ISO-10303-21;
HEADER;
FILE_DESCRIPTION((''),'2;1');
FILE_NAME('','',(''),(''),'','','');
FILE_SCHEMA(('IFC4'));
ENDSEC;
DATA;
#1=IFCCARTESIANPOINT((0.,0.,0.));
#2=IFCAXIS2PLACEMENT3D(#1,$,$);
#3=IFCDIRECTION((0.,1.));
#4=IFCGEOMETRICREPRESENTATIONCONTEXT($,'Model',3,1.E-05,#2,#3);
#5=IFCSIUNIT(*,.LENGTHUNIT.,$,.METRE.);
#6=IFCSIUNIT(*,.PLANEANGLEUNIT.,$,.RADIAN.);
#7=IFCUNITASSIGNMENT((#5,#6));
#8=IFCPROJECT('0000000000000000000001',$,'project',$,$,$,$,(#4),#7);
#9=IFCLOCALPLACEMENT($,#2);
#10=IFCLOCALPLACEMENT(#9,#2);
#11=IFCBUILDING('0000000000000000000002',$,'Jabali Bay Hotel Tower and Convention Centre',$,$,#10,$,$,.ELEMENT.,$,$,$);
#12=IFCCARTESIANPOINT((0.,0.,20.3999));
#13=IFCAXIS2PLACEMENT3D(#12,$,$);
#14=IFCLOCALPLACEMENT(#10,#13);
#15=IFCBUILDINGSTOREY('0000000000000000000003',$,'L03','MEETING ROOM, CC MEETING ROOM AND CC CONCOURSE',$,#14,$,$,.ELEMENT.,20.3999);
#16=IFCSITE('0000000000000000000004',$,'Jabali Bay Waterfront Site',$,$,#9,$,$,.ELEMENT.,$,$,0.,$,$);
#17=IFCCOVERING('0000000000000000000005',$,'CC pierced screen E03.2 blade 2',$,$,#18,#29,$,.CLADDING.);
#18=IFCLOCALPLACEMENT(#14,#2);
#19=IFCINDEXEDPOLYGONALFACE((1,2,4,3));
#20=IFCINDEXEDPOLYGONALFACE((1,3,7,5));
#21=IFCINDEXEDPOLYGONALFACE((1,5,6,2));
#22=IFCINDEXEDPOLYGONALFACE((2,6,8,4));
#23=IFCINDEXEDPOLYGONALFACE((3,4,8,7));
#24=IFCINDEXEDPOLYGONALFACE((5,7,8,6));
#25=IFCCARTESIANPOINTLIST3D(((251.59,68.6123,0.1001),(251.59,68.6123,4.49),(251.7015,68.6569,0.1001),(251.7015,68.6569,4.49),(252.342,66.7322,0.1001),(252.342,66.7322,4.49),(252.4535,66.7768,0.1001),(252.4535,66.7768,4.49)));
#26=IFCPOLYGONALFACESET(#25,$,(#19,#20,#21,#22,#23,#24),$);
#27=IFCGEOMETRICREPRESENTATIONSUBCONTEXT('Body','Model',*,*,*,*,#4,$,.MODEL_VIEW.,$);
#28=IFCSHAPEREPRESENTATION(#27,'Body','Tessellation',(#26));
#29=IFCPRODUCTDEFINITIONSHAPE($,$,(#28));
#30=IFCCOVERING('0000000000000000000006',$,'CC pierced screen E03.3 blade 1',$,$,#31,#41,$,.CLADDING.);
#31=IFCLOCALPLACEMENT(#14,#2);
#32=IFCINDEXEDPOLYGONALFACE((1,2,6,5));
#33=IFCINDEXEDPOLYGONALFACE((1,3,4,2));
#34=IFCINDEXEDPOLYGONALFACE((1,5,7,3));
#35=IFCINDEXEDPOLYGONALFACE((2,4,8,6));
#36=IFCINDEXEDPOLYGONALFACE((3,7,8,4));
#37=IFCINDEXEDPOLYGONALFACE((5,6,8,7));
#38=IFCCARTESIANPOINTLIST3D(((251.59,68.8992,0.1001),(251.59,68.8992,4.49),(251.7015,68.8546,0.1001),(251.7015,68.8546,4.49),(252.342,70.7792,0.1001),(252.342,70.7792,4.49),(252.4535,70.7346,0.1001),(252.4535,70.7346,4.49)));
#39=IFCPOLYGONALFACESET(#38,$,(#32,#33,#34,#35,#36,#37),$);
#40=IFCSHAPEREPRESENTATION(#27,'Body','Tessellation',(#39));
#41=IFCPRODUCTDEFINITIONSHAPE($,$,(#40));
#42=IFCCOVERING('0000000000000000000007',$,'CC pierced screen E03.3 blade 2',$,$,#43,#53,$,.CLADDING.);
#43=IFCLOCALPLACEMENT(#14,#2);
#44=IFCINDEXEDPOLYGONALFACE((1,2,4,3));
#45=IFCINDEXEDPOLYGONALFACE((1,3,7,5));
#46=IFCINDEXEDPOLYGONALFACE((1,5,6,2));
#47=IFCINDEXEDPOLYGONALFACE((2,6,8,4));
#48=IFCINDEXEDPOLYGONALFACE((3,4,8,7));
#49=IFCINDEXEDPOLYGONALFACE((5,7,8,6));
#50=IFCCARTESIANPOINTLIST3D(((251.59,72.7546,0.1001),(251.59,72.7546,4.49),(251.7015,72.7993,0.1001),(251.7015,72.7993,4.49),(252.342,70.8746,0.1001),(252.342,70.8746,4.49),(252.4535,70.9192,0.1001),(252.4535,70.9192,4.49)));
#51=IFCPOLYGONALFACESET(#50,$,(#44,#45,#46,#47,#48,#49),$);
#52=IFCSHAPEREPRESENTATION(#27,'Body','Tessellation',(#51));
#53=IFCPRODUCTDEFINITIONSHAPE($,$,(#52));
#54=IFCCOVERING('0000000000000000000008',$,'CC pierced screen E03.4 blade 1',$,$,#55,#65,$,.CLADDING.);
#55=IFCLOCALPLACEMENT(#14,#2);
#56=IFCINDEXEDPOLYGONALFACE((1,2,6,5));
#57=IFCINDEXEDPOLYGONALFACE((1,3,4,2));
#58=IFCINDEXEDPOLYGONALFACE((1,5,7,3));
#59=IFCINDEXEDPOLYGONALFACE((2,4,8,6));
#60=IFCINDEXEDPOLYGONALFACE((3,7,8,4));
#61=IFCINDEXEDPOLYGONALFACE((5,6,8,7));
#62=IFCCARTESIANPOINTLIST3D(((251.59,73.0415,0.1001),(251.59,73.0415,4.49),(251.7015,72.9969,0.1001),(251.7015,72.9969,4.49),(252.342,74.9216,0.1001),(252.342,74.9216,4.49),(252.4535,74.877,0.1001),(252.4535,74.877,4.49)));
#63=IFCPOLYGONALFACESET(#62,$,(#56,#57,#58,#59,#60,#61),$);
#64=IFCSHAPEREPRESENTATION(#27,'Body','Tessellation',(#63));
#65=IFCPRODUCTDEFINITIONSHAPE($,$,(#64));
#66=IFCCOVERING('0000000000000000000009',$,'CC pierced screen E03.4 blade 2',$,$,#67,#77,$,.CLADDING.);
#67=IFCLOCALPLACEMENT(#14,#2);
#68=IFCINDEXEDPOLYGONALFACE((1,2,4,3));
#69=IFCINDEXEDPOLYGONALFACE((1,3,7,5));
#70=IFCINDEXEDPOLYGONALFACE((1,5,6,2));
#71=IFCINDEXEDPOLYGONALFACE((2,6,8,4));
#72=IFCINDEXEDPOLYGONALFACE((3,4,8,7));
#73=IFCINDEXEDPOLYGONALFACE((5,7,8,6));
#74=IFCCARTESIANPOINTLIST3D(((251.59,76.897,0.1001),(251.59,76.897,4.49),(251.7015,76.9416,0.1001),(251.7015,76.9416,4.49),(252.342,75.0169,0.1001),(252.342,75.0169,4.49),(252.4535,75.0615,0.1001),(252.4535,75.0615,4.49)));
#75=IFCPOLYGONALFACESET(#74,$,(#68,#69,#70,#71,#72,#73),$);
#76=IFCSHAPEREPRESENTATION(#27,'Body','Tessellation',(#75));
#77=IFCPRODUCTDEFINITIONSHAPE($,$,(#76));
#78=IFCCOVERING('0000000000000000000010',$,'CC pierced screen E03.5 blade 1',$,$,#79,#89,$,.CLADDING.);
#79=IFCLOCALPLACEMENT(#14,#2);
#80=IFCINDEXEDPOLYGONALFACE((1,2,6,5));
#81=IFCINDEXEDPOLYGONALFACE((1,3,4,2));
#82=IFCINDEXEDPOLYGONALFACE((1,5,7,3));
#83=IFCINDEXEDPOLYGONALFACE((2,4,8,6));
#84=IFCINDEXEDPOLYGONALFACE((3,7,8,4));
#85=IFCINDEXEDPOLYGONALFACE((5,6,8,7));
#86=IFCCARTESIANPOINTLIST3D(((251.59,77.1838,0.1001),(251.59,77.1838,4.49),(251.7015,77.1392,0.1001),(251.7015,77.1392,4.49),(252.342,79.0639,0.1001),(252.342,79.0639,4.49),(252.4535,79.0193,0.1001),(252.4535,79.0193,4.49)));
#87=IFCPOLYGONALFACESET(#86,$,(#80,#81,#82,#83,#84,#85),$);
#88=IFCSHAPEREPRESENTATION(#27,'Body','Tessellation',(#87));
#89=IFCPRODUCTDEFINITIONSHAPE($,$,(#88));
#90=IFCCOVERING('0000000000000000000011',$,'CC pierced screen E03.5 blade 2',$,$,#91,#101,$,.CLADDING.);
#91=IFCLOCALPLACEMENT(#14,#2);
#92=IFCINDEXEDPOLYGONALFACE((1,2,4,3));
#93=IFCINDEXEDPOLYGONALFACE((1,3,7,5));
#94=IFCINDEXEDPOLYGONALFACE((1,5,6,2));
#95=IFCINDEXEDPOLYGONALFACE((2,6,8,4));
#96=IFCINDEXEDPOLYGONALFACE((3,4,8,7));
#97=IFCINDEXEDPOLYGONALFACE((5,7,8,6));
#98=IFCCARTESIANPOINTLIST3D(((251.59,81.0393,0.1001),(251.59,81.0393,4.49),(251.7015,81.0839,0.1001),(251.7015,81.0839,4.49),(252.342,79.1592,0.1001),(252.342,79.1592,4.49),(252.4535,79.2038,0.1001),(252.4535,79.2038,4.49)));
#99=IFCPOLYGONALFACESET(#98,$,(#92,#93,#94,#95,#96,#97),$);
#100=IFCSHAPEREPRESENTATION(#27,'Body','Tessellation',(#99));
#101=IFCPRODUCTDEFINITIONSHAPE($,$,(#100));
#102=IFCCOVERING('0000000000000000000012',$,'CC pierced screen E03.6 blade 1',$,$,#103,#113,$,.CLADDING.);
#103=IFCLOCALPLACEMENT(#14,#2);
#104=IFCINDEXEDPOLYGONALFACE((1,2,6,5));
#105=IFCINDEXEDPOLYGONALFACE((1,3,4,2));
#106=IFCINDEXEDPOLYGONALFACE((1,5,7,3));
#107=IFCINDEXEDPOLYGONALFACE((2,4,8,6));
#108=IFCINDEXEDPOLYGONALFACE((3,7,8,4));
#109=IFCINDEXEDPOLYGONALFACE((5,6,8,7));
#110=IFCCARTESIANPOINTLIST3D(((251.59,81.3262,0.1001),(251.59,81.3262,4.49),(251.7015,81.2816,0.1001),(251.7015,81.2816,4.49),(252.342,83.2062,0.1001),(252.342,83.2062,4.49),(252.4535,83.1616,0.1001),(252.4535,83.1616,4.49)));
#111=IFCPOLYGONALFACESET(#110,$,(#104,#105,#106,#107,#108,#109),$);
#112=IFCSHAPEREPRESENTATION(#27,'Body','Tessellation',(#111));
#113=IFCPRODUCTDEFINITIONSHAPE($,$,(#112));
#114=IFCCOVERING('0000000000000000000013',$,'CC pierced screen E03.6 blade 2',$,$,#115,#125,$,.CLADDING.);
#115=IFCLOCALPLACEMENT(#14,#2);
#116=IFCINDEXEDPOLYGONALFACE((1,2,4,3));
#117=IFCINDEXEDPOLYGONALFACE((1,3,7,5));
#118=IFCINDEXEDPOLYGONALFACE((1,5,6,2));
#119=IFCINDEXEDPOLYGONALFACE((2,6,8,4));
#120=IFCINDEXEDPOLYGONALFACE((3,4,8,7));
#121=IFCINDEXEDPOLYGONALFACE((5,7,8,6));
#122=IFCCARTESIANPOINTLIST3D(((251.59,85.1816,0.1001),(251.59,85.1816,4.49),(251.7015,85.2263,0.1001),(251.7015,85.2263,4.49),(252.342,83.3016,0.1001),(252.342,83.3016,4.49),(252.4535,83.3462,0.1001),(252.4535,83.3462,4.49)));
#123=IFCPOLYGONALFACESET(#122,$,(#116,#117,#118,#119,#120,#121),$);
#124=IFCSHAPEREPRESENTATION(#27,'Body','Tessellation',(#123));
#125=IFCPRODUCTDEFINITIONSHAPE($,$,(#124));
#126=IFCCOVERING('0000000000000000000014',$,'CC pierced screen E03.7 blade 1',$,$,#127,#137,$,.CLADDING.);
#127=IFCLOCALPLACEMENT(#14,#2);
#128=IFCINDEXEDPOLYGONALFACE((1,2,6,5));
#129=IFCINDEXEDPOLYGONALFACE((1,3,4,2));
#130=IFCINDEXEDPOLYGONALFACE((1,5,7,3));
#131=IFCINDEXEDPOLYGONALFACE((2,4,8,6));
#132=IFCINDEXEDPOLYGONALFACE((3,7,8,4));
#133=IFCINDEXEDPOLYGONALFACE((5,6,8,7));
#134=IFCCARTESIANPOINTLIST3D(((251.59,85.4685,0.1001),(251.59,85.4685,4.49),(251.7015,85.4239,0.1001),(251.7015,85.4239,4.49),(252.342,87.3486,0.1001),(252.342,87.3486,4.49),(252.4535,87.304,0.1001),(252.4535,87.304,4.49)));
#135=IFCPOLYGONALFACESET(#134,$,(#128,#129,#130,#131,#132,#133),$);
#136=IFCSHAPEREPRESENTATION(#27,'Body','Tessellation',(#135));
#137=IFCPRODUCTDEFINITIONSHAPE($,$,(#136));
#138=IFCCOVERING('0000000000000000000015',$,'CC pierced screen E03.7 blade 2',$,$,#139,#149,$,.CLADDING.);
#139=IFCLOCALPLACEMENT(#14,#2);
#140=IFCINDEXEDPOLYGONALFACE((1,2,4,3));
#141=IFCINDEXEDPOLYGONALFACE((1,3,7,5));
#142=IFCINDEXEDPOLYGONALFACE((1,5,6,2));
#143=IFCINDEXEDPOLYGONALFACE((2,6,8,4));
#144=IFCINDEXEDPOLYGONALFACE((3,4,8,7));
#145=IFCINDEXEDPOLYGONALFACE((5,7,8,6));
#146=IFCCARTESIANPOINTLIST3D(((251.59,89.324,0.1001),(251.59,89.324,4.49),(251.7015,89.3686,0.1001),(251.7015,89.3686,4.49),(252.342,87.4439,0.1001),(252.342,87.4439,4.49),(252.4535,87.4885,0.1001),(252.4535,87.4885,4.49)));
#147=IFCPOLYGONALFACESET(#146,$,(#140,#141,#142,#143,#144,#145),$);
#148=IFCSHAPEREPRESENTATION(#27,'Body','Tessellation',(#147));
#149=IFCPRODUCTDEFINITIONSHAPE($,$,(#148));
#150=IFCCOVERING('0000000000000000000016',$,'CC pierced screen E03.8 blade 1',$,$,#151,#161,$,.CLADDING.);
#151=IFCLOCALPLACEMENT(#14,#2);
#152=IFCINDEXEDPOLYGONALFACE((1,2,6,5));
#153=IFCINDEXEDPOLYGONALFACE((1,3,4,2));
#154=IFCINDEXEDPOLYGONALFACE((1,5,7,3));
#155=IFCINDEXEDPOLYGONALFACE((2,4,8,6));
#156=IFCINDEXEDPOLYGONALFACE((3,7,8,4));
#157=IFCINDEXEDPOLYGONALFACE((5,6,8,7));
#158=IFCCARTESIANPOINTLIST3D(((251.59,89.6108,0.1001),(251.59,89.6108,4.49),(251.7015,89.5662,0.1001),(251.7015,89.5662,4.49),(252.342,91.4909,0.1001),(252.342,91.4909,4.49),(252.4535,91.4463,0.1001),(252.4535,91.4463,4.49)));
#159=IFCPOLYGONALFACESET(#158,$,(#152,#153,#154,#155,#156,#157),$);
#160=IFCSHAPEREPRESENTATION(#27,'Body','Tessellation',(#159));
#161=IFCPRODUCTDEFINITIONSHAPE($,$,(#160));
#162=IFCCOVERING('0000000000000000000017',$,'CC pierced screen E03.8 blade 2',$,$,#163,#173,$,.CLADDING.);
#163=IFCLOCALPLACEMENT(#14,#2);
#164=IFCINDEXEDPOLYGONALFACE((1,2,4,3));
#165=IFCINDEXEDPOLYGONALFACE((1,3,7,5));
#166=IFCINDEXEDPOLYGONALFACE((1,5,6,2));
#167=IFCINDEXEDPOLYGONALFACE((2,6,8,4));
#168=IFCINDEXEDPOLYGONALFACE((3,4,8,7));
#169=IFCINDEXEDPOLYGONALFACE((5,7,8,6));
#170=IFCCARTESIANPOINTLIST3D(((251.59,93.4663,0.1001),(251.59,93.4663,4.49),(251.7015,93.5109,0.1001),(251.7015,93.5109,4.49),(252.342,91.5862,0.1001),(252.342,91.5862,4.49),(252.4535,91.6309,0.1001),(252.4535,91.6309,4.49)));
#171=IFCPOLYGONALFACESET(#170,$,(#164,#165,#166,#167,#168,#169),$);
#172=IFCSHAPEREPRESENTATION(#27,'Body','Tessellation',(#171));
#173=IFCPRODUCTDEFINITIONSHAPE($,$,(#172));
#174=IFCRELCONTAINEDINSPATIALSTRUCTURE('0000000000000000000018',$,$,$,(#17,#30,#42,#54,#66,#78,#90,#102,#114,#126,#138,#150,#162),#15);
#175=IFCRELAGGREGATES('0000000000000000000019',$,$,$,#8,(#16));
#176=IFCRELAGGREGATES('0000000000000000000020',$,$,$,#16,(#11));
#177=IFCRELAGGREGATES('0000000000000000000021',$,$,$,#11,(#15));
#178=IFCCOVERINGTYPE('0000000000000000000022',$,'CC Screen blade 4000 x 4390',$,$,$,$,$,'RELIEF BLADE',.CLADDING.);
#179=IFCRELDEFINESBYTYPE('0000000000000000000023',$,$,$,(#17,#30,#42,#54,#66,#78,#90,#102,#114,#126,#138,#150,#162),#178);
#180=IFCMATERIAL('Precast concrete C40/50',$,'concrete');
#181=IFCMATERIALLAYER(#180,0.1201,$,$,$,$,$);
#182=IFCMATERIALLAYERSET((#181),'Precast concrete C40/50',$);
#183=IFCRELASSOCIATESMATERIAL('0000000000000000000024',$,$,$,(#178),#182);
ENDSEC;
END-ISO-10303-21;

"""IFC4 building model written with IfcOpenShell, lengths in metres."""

from ifc_helpers import new_model, si_unit, direction, frame, origin, origin_2d, place, context, subcontext, project, spatial, rectangle, extrude, material, layer, layer_set, type_object, element, save


model = new_model("IFC4")

# Units and contexts
model_context = context("Model", 3, precision=1e-05, world=origin(), true_north=direction((0.0, 1.0)))
body_context = subcontext(model_context, "Body", "Model", "MODEL_VIEW")
ifc_project = project(units=[si_unit("LENGTHUNIT", "METRE"), si_unit("PLANEANGLEUNIT", "RADIAN")], contexts=[model_context])

# Site, building, storey
site_placement = place(None, origin())
site = spatial("IfcSite", under=ifc_project, at=site_placement, Name="Jabali Bay Waterfront Site", CompositionType="ELEMENT", RefElevation=0.0)
building_placement = place(site_placement, origin())
building = spatial("IfcBuilding", under=site, at=building_placement, Name="Jabali Bay Hotel Tower and Convention Centre", CompositionType="ELEMENT")
storey_placement = place(building_placement, frame((0.0, 0.0, 20.3999)))
storey = spatial("IfcBuildingStorey", under=building, at=storey_placement, Name="L03", Description="MEETING ROOM, CC MEETING ROOM AND CC CONCOURSE", CompositionType="ELEMENT", Elevation=20.3999)

# Shared definitions
ifc_material_1 = material(Name="Precast concrete C40/50", Category="concrete")

# Coverings
ifc_layer_1 = layer(ifc_material_1, 0.1201)
ifc_layer_set_1 = layer_set([ifc_layer_1], Name="Precast concrete C40/50")
covering_type = type_object("IfcCoveringType", Name="CC Screen blade 4000 x 4390", ElementType="RELIEF BLADE", PredefinedType="CLADDING", material=ifc_layer_set_1)
for number, where, z_axis, x_axis, name in (
    (1, (252.0217, 67.6946, 0.1001), (0.0, 0.0, 1.0), (0.371391, -0.928477, 0.0), "CC pierced screen E03.2 blade 2"),
    (2, (252.0217, 69.8169, 0.1001), (0.0, 0.0, 1.0), (0.371391, 0.928477, 0.0), "CC pierced screen E03.3 blade 1"),
    (3, (252.0217, 71.8369, 0.1001), (0.0, 0.0, 1.0), (0.371391, -0.928477, 0.0), "CC pierced screen E03.3 blade 2"),
    (4, (252.0217, 73.9592, 0.1001), (0.0, 0.0, 1.0), (0.371391, 0.928477, 0.0), "CC pierced screen E03.4 blade 1"),
    (5, (252.0217, 75.9792, 0.1001), (0.0, 0.0, 1.0), (0.371391, -0.928477, 0.0), "CC pierced screen E03.4 blade 2"),
    (6, (252.0217, 78.1016, 0.1001), (0.0, 0.0, 1.0), (0.371391, 0.928477, 0.0), "CC pierced screen E03.5 blade 1"),
    (7, (252.0217, 80.1216, 0.1001), (0.0, 0.0, 1.0), (0.371391, -0.928477, 0.0), "CC pierced screen E03.5 blade 2"),
    (8, (252.0217, 82.2439, 0.1001), (0.0, 0.0, 1.0), (0.371391, 0.928477, 0.0), "CC pierced screen E03.6 blade 1"),
    (9, (252.0217, 84.2639, 0.1001), (0.0, 0.0, 1.0), (0.371391, -0.928477, 0.0), "CC pierced screen E03.6 blade 2"),
    (10, (252.0217, 86.3862, 0.1001), (0.0, 0.0, 1.0), (0.371391, 0.928477, 0.0), "CC pierced screen E03.7 blade 1"),
    (11, (252.0217, 88.4062, 0.1001), (0.0, 0.0, 1.0), (0.371391, -0.928477, 0.0), "CC pierced screen E03.7 blade 2"),
    (12, (252.0217, 90.5286, 0.1001), (0.0, 0.0, 1.0), (0.371391, 0.928477, 0.0), "CC pierced screen E03.8 blade 1"),
    (13, (252.0217, 92.5486, 0.1001), (0.0, 0.0, 1.0), (0.371391, -0.928477, 0.0), "CC pierced screen E03.8 blade 2"),
):
    element("IfcCovering", number, at=place(storey_placement, frame(where, z_axis=z_axis, x_axis=x_axis)), inside=storey, type_object=covering_type, Name=name, PredefinedType="CLADDING", context=body_context, shape_type="SweptSolid", body=[
        extrude(rectangle(XDim=2.0249, YDim=0.1201, at=origin_2d()), origin(), (0.0, 0.0, 1.0), 4.3899),
    ])

save(model, "model.ifc")
